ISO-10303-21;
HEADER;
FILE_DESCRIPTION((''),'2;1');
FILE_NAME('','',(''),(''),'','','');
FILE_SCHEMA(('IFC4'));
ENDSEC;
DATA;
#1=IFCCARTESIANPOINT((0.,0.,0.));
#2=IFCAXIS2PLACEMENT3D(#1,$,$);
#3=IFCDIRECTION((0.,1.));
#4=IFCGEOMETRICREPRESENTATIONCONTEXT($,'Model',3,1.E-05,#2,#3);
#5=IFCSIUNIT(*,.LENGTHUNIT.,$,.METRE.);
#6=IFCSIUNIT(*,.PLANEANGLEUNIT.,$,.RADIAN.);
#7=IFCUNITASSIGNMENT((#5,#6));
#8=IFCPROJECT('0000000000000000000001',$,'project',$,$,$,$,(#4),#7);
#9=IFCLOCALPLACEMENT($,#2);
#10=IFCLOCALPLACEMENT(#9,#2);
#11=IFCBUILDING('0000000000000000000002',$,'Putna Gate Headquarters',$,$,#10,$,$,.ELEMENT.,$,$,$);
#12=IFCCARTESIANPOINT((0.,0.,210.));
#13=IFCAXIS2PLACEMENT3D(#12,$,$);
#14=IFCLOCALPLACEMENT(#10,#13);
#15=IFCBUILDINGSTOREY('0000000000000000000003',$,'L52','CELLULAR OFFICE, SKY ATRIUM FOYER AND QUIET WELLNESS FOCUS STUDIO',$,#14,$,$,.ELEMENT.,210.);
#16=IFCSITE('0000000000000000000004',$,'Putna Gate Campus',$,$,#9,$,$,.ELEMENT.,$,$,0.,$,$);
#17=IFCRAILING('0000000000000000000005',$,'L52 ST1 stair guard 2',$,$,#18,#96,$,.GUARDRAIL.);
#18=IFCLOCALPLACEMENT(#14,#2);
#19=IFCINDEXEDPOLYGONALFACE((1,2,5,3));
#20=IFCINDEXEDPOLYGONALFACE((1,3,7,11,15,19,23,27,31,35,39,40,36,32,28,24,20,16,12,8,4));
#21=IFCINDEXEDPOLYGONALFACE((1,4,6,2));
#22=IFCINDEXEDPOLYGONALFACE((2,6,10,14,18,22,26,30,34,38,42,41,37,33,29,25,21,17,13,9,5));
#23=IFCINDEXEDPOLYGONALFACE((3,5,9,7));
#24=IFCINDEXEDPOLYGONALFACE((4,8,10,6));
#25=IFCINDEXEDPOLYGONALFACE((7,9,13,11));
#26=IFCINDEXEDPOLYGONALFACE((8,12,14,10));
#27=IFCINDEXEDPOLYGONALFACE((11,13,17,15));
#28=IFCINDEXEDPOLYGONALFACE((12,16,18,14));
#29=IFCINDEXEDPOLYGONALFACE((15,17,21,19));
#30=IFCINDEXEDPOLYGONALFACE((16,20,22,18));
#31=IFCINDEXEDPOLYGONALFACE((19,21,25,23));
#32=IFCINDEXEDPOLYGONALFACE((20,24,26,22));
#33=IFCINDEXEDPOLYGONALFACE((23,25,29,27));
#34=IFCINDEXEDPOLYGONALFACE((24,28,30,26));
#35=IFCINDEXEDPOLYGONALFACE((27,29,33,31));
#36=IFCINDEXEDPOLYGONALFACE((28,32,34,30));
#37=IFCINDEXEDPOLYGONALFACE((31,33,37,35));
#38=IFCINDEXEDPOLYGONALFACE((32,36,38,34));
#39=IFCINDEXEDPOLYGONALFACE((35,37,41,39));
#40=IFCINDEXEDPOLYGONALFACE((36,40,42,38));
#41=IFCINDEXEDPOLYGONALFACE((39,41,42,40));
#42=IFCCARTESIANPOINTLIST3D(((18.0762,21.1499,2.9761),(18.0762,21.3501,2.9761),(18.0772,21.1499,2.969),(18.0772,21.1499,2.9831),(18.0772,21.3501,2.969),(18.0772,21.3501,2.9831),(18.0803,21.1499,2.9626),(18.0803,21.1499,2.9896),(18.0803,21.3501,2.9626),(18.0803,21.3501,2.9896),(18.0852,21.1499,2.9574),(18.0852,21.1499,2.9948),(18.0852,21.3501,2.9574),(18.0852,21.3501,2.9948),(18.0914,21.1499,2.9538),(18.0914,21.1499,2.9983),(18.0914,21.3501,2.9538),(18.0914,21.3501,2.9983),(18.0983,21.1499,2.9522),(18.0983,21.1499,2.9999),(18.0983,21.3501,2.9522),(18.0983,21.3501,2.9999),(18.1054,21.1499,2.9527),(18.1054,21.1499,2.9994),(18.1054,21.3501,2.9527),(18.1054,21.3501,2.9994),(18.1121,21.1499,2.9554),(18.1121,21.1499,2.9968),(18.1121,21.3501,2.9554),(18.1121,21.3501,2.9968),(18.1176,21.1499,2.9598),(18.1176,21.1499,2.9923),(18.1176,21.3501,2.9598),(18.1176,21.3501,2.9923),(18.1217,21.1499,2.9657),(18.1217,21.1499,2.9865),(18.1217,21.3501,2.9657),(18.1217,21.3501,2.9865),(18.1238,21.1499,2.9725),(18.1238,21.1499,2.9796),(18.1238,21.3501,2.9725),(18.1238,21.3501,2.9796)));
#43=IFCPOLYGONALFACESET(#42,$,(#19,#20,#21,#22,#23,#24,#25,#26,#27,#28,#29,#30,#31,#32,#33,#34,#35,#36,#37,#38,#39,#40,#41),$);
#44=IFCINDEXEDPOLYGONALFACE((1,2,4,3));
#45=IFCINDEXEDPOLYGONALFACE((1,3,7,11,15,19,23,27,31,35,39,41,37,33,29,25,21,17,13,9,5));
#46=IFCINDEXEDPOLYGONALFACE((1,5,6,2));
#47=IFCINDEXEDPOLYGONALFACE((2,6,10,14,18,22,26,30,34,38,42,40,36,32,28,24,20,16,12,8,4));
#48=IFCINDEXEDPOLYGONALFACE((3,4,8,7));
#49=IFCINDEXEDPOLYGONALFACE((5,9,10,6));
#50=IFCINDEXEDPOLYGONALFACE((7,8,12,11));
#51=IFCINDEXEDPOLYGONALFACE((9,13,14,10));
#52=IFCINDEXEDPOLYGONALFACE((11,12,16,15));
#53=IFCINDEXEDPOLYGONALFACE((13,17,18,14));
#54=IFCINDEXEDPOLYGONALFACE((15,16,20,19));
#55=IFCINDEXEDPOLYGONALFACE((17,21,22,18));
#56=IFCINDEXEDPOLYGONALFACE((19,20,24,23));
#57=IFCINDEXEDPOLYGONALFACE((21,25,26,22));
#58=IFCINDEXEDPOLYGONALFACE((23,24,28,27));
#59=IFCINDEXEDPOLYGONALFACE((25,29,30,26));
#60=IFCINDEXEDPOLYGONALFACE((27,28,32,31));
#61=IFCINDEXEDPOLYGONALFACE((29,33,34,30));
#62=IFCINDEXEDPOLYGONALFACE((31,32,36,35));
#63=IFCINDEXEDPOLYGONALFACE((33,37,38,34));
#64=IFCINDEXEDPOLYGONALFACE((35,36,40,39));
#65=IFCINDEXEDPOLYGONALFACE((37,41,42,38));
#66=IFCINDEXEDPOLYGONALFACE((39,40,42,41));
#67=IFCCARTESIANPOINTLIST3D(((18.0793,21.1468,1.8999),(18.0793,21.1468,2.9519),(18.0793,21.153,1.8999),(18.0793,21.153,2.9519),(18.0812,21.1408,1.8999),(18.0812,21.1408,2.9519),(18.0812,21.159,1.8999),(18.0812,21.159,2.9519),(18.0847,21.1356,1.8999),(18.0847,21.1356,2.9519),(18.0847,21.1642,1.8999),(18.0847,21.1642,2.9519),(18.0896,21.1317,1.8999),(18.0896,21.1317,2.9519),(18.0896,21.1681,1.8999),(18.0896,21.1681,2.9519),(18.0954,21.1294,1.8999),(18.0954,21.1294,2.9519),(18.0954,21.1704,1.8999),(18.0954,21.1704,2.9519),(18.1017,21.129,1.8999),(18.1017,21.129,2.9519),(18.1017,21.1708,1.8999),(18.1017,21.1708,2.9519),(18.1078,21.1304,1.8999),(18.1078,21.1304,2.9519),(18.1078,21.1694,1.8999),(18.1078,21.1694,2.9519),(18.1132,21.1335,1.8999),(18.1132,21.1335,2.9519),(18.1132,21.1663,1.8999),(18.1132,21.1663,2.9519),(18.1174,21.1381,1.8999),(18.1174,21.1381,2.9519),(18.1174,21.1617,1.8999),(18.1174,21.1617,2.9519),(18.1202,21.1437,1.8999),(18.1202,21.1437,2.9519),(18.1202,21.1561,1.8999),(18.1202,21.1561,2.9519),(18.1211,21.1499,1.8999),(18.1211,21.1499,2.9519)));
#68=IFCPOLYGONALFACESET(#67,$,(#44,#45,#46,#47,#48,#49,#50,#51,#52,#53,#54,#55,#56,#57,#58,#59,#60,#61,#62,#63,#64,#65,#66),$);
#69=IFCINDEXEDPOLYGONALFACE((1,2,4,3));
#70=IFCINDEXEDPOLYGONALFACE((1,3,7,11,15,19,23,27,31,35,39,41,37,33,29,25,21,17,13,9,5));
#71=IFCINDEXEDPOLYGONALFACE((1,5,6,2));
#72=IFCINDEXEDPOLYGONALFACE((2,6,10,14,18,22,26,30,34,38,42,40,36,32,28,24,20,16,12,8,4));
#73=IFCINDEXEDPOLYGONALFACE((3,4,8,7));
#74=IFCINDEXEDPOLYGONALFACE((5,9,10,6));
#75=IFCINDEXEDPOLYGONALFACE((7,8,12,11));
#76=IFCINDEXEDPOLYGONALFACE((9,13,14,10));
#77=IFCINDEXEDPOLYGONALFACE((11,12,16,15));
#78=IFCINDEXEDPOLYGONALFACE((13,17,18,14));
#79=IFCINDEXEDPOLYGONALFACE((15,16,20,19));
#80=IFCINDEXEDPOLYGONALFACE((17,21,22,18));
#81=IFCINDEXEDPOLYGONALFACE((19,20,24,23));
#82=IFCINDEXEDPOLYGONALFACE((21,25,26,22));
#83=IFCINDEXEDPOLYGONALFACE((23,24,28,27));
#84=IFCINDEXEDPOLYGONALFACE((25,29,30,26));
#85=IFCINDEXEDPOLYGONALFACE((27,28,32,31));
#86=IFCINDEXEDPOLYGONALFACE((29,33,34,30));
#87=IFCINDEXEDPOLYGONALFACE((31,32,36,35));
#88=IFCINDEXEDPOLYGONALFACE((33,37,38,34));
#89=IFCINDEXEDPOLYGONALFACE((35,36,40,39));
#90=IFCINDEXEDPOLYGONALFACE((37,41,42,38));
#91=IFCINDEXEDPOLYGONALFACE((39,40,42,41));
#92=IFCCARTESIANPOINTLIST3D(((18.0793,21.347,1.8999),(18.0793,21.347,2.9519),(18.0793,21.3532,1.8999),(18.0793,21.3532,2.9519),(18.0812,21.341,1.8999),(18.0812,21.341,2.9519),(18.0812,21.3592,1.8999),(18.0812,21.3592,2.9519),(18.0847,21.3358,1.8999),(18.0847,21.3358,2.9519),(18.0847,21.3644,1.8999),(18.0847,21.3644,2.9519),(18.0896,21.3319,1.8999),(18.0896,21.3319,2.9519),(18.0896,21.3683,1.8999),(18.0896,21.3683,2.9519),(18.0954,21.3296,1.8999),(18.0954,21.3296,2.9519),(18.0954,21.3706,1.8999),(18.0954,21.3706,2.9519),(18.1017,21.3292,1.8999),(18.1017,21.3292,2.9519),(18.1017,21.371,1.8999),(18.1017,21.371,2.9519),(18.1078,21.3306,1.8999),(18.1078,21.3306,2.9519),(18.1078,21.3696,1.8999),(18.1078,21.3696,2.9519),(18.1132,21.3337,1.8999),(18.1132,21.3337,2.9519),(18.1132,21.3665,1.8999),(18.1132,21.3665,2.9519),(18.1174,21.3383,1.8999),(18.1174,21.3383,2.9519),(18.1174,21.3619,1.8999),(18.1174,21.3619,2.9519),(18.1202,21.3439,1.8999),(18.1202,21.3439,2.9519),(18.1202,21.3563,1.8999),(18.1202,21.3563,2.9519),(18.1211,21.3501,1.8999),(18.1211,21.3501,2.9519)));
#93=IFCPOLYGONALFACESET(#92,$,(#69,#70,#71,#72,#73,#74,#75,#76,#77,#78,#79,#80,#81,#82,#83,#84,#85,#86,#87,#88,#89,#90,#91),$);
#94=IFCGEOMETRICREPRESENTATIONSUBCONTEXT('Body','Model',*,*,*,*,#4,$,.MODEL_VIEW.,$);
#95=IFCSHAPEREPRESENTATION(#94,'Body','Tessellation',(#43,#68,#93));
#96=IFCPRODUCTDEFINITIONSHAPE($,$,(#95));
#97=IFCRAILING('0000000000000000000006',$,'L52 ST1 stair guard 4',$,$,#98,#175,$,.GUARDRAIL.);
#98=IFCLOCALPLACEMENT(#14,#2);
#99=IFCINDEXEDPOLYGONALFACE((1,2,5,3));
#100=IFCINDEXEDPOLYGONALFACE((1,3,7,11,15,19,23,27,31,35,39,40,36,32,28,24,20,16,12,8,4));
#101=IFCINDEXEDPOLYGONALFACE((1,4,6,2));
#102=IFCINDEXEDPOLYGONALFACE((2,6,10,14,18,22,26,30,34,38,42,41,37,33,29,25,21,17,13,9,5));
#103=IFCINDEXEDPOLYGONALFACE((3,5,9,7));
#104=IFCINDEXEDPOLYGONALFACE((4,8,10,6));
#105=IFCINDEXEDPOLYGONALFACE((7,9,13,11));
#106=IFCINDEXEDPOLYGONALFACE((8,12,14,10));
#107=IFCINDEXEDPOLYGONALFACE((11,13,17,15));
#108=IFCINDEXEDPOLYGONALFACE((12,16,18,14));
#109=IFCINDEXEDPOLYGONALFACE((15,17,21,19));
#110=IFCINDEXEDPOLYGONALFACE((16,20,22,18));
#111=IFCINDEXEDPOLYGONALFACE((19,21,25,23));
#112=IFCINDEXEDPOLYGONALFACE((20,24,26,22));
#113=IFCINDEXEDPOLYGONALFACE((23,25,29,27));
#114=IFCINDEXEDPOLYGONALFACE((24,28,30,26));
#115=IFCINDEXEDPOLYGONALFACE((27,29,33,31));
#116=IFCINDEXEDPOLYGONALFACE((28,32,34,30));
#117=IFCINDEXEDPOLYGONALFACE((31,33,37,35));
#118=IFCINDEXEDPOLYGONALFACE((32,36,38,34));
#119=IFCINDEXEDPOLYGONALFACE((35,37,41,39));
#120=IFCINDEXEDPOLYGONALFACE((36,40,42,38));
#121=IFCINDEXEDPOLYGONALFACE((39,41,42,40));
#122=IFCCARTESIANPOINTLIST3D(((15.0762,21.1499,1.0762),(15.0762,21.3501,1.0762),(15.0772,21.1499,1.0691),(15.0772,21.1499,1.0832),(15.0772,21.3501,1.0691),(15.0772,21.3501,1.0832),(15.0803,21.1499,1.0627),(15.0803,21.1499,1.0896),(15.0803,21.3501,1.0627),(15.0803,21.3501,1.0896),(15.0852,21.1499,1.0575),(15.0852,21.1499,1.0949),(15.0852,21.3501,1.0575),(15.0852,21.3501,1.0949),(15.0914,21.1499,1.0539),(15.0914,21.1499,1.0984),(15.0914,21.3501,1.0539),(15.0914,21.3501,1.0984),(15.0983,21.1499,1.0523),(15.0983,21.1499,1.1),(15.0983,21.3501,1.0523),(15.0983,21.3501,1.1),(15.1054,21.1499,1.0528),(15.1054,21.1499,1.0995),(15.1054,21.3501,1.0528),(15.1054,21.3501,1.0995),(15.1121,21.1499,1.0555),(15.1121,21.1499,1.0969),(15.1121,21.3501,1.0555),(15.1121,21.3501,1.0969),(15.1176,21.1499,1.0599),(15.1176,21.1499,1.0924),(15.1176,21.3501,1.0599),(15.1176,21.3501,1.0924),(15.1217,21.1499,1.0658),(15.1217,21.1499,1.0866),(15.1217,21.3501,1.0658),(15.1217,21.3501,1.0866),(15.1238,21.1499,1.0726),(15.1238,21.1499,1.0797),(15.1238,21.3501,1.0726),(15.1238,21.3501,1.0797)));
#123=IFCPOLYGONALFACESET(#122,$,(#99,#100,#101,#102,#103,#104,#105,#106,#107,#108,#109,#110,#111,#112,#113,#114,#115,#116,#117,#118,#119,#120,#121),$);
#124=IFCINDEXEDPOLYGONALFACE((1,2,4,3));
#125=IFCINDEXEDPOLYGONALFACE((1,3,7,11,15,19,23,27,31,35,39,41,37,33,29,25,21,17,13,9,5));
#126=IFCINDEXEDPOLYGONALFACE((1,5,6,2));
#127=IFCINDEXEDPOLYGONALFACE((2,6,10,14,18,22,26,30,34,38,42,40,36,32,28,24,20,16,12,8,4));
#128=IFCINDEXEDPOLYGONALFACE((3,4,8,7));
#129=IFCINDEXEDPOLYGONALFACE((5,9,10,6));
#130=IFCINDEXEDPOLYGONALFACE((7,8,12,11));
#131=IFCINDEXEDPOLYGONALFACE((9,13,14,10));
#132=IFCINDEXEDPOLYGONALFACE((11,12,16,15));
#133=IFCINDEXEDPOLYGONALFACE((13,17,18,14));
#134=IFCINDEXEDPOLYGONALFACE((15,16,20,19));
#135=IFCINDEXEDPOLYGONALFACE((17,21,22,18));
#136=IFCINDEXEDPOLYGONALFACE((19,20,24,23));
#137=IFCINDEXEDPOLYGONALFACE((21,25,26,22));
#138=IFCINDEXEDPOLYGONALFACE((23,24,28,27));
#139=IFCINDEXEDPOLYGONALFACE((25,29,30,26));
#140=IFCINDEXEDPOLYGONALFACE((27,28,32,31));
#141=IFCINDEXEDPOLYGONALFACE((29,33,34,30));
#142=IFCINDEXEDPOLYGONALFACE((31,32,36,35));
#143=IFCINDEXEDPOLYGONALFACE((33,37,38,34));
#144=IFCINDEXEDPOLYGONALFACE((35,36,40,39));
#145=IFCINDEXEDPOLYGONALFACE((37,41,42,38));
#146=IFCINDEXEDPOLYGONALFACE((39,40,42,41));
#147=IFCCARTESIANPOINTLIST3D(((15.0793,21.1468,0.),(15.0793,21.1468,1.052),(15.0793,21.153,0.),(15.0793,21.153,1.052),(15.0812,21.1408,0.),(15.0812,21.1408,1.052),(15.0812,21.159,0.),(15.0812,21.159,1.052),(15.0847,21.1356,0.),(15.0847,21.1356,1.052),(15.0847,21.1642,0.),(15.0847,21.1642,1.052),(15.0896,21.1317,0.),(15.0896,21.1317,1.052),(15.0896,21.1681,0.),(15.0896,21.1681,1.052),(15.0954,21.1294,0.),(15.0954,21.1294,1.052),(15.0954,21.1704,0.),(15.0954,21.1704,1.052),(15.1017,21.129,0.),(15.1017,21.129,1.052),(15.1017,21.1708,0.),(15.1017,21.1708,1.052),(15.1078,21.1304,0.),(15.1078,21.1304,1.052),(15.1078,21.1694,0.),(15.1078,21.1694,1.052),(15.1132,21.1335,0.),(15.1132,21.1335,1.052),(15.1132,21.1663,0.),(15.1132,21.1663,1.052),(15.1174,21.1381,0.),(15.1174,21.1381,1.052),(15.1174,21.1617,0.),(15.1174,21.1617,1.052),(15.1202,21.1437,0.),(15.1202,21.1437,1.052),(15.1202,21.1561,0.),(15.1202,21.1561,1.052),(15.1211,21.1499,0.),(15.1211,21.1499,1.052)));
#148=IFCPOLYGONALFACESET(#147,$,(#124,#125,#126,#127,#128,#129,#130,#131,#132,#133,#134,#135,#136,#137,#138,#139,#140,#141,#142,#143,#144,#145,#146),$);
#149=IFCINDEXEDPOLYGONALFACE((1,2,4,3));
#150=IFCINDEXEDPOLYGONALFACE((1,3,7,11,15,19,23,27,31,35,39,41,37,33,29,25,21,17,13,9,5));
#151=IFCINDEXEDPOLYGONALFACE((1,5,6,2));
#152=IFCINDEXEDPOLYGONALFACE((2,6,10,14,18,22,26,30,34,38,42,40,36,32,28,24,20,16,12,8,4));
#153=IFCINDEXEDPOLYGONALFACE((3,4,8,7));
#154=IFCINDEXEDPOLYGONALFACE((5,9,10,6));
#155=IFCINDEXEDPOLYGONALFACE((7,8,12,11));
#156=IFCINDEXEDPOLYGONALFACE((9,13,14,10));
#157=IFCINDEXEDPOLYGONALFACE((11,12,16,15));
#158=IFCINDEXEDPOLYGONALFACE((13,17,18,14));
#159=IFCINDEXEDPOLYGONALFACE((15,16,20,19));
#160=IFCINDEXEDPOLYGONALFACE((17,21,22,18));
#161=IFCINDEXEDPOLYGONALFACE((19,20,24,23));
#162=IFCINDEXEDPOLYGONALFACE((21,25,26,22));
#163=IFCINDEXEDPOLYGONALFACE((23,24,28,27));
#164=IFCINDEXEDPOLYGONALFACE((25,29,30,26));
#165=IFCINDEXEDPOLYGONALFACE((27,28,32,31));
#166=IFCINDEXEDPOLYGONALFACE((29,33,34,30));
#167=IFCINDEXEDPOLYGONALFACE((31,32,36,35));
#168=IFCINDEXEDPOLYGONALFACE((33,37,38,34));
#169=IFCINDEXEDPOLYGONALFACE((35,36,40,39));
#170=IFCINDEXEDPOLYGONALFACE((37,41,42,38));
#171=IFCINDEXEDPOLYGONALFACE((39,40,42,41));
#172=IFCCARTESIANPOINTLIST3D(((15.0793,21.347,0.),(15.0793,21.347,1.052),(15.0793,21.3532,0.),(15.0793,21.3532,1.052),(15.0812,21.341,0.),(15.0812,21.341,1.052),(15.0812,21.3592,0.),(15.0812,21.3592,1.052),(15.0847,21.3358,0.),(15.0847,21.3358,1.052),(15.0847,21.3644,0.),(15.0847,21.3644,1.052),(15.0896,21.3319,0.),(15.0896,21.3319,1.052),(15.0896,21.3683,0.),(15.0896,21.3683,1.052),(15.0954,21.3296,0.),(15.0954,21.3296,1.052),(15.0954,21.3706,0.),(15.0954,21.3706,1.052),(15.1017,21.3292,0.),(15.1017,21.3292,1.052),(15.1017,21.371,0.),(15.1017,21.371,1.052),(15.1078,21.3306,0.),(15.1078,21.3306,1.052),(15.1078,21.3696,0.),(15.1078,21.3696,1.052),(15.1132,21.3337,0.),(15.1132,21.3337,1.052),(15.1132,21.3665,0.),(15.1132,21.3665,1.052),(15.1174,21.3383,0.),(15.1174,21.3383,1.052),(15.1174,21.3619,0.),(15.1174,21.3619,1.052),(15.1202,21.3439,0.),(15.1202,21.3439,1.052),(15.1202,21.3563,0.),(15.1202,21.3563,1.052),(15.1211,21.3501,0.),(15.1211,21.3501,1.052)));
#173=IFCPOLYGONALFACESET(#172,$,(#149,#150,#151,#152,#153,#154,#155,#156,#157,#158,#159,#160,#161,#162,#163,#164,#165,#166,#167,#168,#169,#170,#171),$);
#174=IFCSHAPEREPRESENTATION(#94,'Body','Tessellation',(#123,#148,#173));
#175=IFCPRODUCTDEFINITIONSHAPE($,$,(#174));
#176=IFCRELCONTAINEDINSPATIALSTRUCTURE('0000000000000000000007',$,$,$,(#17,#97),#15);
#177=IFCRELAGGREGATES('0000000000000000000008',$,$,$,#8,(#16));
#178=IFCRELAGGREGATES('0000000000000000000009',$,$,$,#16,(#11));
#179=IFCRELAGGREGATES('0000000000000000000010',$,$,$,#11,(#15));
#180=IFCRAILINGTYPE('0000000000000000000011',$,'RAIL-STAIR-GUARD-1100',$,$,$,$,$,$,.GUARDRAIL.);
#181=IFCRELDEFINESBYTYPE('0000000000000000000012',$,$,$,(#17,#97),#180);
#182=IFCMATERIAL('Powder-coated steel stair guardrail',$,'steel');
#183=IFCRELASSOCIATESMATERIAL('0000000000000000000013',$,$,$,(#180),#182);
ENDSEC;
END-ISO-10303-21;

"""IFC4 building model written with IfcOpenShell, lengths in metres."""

from ifc_helpers import new_model, si_unit, direction, frame, origin, origin_2d, place, context, subcontext, project, spatial, circle, extrude, material, type_object, element, save


model = new_model("IFC4")

# Units and contexts
model_context = context("Model", 3, precision=1e-05, world=origin(), true_north=direction((0.0, 1.0)))
body_context = subcontext(model_context, "Body", "Model", "MODEL_VIEW")
ifc_project = project(units=[si_unit("LENGTHUNIT", "METRE"), si_unit("PLANEANGLEUNIT", "RADIAN")], contexts=[model_context])

# Site, building, storey
site_placement = place(None, origin())
site = spatial("IfcSite", under=ifc_project, at=site_placement, Name="Putna Gate Campus", CompositionType="ELEMENT", RefElevation=0.0)
building_placement = place(site_placement, origin())
building = spatial("IfcBuilding", under=site, at=building_placement, Name="Putna Gate Headquarters", CompositionType="ELEMENT")
storey_placement = place(building_placement, frame((0.0, 0.0, 210.0)))
storey = spatial("IfcBuildingStorey", under=building, at=storey_placement, Name="L52", Description="CELLULAR OFFICE, SKY ATRIUM FOYER AND QUIET WELLNESS FOCUS STUDIO", CompositionType="ELEMENT", Elevation=210.0)

# Railings
ifc_material_1 = material(Name="Powder-coated steel stair guardrail", Category="steel")
railing_type_1 = type_object("IfcRailingType", Name="RAIL-STAIR-GUARD-1100", PredefinedType="GUARDRAIL", material=ifc_material_1)
for number, where, name in (
    (1, (18.1001, 21.1499, 1.8999), "L52 ST1 stair guard 2"),
    (2, (15.1001, 21.1499, 0.0), "L52 ST1 stair guard 4"),
):
    element("IfcRailing", number, at=place(storey_placement, frame(where)), inside=storey, type_object=railing_type_1, Name=name, PredefinedType="GUARDRAIL", context=body_context, shape_type="SweptSolid", body=[
        extrude(circle(Radius=0.0239, at=origin_2d()), frame((0.0, 0.0, 1.0762), z_axis=(0.0, 1.0, 0.0), x_axis=(-1.0, 0.0, 0.0)), (0.0, 0.0, 1.0), 0.2002),
        extrude(circle(Radius=0.021, at=origin_2d()), origin(), (0.0, 0.0, 1.0), 1.052),
        extrude(circle(Radius=0.021, at=origin_2d()), frame((0.0, 0.2002, 0.0)), (0.0, 0.0, 1.0), 1.052),
    ])

save(model, "model.ifc")
